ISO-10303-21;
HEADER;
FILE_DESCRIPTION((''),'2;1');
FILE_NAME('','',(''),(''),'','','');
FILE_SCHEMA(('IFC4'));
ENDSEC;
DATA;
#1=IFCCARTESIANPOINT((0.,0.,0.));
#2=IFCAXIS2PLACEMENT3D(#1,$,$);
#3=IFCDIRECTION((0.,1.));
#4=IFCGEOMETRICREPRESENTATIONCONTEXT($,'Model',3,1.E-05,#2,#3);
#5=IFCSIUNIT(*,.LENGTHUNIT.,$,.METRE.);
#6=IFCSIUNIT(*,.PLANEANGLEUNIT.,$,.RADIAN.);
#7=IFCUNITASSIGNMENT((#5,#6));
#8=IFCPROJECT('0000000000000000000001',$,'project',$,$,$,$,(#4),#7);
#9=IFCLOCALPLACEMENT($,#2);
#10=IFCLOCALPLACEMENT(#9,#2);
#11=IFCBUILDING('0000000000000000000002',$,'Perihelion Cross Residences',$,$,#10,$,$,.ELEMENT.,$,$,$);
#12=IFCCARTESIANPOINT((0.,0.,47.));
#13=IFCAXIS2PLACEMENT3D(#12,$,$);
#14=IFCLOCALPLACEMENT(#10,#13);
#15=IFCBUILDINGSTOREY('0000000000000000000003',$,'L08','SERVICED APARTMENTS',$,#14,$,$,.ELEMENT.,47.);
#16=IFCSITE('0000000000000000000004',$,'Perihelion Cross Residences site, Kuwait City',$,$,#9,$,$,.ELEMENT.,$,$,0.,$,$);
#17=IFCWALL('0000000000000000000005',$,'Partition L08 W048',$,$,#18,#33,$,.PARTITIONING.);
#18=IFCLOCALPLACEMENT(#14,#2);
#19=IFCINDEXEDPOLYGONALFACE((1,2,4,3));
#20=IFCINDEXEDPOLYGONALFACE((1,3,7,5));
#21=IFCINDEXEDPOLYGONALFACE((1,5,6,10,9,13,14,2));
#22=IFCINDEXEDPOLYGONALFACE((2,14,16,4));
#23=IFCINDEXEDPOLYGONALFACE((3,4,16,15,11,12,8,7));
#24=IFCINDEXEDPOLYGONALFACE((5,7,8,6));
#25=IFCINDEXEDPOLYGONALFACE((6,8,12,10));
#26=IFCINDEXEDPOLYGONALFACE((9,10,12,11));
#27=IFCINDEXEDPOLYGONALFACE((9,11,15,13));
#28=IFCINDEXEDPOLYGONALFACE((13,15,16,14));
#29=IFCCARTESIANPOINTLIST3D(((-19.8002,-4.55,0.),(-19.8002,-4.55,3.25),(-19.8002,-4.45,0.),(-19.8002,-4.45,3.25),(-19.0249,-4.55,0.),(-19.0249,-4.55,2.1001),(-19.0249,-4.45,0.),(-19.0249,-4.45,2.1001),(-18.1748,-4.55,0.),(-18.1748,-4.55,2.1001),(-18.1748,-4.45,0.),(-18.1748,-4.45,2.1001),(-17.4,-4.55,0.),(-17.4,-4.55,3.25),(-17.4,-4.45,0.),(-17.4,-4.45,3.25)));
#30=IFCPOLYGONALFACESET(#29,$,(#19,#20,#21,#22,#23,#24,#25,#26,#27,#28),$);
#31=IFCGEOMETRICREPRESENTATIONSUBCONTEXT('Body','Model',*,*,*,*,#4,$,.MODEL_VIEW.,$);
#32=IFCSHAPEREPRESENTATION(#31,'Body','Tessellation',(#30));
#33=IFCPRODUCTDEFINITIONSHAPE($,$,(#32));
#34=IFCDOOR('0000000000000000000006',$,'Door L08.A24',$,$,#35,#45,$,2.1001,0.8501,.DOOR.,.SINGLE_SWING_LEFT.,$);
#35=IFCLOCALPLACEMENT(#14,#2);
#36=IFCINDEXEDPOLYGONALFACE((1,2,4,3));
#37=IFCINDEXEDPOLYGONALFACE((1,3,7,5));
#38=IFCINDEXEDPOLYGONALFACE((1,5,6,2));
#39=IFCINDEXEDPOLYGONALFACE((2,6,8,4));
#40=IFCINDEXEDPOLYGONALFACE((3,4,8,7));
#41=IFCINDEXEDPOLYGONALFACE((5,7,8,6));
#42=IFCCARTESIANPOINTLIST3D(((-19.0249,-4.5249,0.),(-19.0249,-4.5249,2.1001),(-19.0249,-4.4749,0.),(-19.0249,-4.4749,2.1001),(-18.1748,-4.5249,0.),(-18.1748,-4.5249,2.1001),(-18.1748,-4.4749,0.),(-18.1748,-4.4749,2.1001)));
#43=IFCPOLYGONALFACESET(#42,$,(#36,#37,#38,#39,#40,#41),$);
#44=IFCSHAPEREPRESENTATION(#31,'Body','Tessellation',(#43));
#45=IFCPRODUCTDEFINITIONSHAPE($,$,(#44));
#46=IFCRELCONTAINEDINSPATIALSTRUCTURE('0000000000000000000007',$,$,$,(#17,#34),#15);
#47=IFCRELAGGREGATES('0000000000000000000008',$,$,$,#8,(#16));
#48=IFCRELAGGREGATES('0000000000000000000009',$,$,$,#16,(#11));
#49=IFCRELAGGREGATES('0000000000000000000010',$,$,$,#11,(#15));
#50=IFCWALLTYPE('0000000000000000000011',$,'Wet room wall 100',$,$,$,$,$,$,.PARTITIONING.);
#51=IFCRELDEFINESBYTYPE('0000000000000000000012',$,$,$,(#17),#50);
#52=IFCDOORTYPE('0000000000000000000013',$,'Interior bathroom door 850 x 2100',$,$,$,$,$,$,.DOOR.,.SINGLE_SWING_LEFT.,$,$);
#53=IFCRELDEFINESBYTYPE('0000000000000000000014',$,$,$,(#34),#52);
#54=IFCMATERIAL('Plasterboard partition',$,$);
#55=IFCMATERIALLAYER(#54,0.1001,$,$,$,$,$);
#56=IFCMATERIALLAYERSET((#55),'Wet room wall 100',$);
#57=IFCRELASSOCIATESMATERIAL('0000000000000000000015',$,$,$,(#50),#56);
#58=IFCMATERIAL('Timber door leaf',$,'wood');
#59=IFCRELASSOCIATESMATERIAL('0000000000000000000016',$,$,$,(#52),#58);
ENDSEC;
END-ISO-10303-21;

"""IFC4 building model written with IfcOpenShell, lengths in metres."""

from ifc_helpers import new_model, si_unit, direction, frame, frame_2d, origin, place, context, subcontext, project, spatial, rectangle, extrude, material, layer, layer_set, type_object, element, fill, save


model = new_model("IFC4")

# Units and contexts
model_context = context("Model", 3, precision=1e-05, world=origin(), true_north=direction((0.0, 1.0)))
body_context = subcontext(model_context, "Body", "Model", "MODEL_VIEW")
ifc_project = project(units=[si_unit("LENGTHUNIT", "METRE"), si_unit("PLANEANGLEUNIT", "RADIAN")], contexts=[model_context])

# Site, building, storey
site_placement = place(None, origin())
site = spatial("IfcSite", under=ifc_project, at=site_placement, Name="Perihelion Cross Residences site, Kuwait City", CompositionType="ELEMENT", RefElevation=0.0)
building_placement = place(site_placement, origin())
building = spatial("IfcBuilding", under=site, at=building_placement, Name="Perihelion Cross Residences", CompositionType="ELEMENT")
storey_placement = place(building_placement, frame((0.0, 0.0, 47.0)))
storey = spatial("IfcBuildingStorey", under=building, at=storey_placement, Name="L08", Description="SERVICED APARTMENTS", CompositionType="ELEMENT", Elevation=47.0)

# Shared definitions
ifc_material_1 = material(Name="Plasterboard partition")
ifc_layer_1 = layer(ifc_material_1, 0.1001)
ifc_layer_set_1 = layer_set([ifc_layer_1], Name="Wet room wall 100")
wall_type_1 = type_object("IfcWallType", Name="Wet room wall 100", PredefinedType="PARTITIONING", material=ifc_layer_set_1)

# Wall, opening, door
wall_1_placement = place(storey_placement, frame((-17.3999, -4.5, 0.0), z_axis=(0.0, 0.0, 1.0), x_axis=(-1.0, 0.0, 0.0)))
wall_1 = element("IfcWall", 1, at=wall_1_placement, inside=storey, type_object=wall_type_1, Name="Partition L08 W048", PredefinedType="PARTITIONING", context=body_context, shape_type="SweptSolid", body=[
    extrude(rectangle(XDim=2.4001, YDim=0.1001, at=frame_2d((1.2002, 0.0))), origin(), (0.0, 0.0, 1.0), 3.25),
])
opening_1_placement = place(wall_1_placement, frame((0.7749, 0.0, 0.0)))
opening_1 = element("IfcOpeningElement", 2, at=opening_1_placement, cuts=wall_1, PredefinedType="OPENING", context=body_context, shape_type="SweptSolid", body=[
    extrude(rectangle(XDim=0.8501, YDim=2.1001, at=frame_2d((0.425, 1.05))), frame((0.0, 0.0601, 0.0), z_axis=(0.0, -1.0, 0.0), x_axis=(1.0, 0.0, 0.0)), (0.0, 0.0, 1.0), 0.1201),
])
ifc_material_2 = material(Name="Timber door leaf", Category="wood")
door_type_1 = type_object("IfcDoorType", Name="Interior bathroom door 850 x 2100", OperationType="SINGLE_SWING_LEFT", PredefinedType="DOOR", material=ifc_material_2)
door_1_placement = place(opening_1_placement, origin())
door_1 = element("IfcDoor", 3, at=door_1_placement, inside=storey, type_object=door_type_1, Name="Door L08.A24", OperationType="SINGLE_SWING_LEFT", OverallHeight=2.1001, OverallWidth=0.8501, PredefinedType="DOOR", context=body_context, shape_type="SweptSolid", body=[
    extrude(rectangle(XDim=0.8501, YDim=2.1001, at=frame_2d((0.425, 1.05))), frame((0.0, 0.0249, 0.0), z_axis=(0.0, -1.0, 0.0), x_axis=(1.0, 0.0, 0.0)), (0.0, 0.0, 1.0), 0.05),
])
fill(opening_1, door_1)

save(model, "model.ifc")
